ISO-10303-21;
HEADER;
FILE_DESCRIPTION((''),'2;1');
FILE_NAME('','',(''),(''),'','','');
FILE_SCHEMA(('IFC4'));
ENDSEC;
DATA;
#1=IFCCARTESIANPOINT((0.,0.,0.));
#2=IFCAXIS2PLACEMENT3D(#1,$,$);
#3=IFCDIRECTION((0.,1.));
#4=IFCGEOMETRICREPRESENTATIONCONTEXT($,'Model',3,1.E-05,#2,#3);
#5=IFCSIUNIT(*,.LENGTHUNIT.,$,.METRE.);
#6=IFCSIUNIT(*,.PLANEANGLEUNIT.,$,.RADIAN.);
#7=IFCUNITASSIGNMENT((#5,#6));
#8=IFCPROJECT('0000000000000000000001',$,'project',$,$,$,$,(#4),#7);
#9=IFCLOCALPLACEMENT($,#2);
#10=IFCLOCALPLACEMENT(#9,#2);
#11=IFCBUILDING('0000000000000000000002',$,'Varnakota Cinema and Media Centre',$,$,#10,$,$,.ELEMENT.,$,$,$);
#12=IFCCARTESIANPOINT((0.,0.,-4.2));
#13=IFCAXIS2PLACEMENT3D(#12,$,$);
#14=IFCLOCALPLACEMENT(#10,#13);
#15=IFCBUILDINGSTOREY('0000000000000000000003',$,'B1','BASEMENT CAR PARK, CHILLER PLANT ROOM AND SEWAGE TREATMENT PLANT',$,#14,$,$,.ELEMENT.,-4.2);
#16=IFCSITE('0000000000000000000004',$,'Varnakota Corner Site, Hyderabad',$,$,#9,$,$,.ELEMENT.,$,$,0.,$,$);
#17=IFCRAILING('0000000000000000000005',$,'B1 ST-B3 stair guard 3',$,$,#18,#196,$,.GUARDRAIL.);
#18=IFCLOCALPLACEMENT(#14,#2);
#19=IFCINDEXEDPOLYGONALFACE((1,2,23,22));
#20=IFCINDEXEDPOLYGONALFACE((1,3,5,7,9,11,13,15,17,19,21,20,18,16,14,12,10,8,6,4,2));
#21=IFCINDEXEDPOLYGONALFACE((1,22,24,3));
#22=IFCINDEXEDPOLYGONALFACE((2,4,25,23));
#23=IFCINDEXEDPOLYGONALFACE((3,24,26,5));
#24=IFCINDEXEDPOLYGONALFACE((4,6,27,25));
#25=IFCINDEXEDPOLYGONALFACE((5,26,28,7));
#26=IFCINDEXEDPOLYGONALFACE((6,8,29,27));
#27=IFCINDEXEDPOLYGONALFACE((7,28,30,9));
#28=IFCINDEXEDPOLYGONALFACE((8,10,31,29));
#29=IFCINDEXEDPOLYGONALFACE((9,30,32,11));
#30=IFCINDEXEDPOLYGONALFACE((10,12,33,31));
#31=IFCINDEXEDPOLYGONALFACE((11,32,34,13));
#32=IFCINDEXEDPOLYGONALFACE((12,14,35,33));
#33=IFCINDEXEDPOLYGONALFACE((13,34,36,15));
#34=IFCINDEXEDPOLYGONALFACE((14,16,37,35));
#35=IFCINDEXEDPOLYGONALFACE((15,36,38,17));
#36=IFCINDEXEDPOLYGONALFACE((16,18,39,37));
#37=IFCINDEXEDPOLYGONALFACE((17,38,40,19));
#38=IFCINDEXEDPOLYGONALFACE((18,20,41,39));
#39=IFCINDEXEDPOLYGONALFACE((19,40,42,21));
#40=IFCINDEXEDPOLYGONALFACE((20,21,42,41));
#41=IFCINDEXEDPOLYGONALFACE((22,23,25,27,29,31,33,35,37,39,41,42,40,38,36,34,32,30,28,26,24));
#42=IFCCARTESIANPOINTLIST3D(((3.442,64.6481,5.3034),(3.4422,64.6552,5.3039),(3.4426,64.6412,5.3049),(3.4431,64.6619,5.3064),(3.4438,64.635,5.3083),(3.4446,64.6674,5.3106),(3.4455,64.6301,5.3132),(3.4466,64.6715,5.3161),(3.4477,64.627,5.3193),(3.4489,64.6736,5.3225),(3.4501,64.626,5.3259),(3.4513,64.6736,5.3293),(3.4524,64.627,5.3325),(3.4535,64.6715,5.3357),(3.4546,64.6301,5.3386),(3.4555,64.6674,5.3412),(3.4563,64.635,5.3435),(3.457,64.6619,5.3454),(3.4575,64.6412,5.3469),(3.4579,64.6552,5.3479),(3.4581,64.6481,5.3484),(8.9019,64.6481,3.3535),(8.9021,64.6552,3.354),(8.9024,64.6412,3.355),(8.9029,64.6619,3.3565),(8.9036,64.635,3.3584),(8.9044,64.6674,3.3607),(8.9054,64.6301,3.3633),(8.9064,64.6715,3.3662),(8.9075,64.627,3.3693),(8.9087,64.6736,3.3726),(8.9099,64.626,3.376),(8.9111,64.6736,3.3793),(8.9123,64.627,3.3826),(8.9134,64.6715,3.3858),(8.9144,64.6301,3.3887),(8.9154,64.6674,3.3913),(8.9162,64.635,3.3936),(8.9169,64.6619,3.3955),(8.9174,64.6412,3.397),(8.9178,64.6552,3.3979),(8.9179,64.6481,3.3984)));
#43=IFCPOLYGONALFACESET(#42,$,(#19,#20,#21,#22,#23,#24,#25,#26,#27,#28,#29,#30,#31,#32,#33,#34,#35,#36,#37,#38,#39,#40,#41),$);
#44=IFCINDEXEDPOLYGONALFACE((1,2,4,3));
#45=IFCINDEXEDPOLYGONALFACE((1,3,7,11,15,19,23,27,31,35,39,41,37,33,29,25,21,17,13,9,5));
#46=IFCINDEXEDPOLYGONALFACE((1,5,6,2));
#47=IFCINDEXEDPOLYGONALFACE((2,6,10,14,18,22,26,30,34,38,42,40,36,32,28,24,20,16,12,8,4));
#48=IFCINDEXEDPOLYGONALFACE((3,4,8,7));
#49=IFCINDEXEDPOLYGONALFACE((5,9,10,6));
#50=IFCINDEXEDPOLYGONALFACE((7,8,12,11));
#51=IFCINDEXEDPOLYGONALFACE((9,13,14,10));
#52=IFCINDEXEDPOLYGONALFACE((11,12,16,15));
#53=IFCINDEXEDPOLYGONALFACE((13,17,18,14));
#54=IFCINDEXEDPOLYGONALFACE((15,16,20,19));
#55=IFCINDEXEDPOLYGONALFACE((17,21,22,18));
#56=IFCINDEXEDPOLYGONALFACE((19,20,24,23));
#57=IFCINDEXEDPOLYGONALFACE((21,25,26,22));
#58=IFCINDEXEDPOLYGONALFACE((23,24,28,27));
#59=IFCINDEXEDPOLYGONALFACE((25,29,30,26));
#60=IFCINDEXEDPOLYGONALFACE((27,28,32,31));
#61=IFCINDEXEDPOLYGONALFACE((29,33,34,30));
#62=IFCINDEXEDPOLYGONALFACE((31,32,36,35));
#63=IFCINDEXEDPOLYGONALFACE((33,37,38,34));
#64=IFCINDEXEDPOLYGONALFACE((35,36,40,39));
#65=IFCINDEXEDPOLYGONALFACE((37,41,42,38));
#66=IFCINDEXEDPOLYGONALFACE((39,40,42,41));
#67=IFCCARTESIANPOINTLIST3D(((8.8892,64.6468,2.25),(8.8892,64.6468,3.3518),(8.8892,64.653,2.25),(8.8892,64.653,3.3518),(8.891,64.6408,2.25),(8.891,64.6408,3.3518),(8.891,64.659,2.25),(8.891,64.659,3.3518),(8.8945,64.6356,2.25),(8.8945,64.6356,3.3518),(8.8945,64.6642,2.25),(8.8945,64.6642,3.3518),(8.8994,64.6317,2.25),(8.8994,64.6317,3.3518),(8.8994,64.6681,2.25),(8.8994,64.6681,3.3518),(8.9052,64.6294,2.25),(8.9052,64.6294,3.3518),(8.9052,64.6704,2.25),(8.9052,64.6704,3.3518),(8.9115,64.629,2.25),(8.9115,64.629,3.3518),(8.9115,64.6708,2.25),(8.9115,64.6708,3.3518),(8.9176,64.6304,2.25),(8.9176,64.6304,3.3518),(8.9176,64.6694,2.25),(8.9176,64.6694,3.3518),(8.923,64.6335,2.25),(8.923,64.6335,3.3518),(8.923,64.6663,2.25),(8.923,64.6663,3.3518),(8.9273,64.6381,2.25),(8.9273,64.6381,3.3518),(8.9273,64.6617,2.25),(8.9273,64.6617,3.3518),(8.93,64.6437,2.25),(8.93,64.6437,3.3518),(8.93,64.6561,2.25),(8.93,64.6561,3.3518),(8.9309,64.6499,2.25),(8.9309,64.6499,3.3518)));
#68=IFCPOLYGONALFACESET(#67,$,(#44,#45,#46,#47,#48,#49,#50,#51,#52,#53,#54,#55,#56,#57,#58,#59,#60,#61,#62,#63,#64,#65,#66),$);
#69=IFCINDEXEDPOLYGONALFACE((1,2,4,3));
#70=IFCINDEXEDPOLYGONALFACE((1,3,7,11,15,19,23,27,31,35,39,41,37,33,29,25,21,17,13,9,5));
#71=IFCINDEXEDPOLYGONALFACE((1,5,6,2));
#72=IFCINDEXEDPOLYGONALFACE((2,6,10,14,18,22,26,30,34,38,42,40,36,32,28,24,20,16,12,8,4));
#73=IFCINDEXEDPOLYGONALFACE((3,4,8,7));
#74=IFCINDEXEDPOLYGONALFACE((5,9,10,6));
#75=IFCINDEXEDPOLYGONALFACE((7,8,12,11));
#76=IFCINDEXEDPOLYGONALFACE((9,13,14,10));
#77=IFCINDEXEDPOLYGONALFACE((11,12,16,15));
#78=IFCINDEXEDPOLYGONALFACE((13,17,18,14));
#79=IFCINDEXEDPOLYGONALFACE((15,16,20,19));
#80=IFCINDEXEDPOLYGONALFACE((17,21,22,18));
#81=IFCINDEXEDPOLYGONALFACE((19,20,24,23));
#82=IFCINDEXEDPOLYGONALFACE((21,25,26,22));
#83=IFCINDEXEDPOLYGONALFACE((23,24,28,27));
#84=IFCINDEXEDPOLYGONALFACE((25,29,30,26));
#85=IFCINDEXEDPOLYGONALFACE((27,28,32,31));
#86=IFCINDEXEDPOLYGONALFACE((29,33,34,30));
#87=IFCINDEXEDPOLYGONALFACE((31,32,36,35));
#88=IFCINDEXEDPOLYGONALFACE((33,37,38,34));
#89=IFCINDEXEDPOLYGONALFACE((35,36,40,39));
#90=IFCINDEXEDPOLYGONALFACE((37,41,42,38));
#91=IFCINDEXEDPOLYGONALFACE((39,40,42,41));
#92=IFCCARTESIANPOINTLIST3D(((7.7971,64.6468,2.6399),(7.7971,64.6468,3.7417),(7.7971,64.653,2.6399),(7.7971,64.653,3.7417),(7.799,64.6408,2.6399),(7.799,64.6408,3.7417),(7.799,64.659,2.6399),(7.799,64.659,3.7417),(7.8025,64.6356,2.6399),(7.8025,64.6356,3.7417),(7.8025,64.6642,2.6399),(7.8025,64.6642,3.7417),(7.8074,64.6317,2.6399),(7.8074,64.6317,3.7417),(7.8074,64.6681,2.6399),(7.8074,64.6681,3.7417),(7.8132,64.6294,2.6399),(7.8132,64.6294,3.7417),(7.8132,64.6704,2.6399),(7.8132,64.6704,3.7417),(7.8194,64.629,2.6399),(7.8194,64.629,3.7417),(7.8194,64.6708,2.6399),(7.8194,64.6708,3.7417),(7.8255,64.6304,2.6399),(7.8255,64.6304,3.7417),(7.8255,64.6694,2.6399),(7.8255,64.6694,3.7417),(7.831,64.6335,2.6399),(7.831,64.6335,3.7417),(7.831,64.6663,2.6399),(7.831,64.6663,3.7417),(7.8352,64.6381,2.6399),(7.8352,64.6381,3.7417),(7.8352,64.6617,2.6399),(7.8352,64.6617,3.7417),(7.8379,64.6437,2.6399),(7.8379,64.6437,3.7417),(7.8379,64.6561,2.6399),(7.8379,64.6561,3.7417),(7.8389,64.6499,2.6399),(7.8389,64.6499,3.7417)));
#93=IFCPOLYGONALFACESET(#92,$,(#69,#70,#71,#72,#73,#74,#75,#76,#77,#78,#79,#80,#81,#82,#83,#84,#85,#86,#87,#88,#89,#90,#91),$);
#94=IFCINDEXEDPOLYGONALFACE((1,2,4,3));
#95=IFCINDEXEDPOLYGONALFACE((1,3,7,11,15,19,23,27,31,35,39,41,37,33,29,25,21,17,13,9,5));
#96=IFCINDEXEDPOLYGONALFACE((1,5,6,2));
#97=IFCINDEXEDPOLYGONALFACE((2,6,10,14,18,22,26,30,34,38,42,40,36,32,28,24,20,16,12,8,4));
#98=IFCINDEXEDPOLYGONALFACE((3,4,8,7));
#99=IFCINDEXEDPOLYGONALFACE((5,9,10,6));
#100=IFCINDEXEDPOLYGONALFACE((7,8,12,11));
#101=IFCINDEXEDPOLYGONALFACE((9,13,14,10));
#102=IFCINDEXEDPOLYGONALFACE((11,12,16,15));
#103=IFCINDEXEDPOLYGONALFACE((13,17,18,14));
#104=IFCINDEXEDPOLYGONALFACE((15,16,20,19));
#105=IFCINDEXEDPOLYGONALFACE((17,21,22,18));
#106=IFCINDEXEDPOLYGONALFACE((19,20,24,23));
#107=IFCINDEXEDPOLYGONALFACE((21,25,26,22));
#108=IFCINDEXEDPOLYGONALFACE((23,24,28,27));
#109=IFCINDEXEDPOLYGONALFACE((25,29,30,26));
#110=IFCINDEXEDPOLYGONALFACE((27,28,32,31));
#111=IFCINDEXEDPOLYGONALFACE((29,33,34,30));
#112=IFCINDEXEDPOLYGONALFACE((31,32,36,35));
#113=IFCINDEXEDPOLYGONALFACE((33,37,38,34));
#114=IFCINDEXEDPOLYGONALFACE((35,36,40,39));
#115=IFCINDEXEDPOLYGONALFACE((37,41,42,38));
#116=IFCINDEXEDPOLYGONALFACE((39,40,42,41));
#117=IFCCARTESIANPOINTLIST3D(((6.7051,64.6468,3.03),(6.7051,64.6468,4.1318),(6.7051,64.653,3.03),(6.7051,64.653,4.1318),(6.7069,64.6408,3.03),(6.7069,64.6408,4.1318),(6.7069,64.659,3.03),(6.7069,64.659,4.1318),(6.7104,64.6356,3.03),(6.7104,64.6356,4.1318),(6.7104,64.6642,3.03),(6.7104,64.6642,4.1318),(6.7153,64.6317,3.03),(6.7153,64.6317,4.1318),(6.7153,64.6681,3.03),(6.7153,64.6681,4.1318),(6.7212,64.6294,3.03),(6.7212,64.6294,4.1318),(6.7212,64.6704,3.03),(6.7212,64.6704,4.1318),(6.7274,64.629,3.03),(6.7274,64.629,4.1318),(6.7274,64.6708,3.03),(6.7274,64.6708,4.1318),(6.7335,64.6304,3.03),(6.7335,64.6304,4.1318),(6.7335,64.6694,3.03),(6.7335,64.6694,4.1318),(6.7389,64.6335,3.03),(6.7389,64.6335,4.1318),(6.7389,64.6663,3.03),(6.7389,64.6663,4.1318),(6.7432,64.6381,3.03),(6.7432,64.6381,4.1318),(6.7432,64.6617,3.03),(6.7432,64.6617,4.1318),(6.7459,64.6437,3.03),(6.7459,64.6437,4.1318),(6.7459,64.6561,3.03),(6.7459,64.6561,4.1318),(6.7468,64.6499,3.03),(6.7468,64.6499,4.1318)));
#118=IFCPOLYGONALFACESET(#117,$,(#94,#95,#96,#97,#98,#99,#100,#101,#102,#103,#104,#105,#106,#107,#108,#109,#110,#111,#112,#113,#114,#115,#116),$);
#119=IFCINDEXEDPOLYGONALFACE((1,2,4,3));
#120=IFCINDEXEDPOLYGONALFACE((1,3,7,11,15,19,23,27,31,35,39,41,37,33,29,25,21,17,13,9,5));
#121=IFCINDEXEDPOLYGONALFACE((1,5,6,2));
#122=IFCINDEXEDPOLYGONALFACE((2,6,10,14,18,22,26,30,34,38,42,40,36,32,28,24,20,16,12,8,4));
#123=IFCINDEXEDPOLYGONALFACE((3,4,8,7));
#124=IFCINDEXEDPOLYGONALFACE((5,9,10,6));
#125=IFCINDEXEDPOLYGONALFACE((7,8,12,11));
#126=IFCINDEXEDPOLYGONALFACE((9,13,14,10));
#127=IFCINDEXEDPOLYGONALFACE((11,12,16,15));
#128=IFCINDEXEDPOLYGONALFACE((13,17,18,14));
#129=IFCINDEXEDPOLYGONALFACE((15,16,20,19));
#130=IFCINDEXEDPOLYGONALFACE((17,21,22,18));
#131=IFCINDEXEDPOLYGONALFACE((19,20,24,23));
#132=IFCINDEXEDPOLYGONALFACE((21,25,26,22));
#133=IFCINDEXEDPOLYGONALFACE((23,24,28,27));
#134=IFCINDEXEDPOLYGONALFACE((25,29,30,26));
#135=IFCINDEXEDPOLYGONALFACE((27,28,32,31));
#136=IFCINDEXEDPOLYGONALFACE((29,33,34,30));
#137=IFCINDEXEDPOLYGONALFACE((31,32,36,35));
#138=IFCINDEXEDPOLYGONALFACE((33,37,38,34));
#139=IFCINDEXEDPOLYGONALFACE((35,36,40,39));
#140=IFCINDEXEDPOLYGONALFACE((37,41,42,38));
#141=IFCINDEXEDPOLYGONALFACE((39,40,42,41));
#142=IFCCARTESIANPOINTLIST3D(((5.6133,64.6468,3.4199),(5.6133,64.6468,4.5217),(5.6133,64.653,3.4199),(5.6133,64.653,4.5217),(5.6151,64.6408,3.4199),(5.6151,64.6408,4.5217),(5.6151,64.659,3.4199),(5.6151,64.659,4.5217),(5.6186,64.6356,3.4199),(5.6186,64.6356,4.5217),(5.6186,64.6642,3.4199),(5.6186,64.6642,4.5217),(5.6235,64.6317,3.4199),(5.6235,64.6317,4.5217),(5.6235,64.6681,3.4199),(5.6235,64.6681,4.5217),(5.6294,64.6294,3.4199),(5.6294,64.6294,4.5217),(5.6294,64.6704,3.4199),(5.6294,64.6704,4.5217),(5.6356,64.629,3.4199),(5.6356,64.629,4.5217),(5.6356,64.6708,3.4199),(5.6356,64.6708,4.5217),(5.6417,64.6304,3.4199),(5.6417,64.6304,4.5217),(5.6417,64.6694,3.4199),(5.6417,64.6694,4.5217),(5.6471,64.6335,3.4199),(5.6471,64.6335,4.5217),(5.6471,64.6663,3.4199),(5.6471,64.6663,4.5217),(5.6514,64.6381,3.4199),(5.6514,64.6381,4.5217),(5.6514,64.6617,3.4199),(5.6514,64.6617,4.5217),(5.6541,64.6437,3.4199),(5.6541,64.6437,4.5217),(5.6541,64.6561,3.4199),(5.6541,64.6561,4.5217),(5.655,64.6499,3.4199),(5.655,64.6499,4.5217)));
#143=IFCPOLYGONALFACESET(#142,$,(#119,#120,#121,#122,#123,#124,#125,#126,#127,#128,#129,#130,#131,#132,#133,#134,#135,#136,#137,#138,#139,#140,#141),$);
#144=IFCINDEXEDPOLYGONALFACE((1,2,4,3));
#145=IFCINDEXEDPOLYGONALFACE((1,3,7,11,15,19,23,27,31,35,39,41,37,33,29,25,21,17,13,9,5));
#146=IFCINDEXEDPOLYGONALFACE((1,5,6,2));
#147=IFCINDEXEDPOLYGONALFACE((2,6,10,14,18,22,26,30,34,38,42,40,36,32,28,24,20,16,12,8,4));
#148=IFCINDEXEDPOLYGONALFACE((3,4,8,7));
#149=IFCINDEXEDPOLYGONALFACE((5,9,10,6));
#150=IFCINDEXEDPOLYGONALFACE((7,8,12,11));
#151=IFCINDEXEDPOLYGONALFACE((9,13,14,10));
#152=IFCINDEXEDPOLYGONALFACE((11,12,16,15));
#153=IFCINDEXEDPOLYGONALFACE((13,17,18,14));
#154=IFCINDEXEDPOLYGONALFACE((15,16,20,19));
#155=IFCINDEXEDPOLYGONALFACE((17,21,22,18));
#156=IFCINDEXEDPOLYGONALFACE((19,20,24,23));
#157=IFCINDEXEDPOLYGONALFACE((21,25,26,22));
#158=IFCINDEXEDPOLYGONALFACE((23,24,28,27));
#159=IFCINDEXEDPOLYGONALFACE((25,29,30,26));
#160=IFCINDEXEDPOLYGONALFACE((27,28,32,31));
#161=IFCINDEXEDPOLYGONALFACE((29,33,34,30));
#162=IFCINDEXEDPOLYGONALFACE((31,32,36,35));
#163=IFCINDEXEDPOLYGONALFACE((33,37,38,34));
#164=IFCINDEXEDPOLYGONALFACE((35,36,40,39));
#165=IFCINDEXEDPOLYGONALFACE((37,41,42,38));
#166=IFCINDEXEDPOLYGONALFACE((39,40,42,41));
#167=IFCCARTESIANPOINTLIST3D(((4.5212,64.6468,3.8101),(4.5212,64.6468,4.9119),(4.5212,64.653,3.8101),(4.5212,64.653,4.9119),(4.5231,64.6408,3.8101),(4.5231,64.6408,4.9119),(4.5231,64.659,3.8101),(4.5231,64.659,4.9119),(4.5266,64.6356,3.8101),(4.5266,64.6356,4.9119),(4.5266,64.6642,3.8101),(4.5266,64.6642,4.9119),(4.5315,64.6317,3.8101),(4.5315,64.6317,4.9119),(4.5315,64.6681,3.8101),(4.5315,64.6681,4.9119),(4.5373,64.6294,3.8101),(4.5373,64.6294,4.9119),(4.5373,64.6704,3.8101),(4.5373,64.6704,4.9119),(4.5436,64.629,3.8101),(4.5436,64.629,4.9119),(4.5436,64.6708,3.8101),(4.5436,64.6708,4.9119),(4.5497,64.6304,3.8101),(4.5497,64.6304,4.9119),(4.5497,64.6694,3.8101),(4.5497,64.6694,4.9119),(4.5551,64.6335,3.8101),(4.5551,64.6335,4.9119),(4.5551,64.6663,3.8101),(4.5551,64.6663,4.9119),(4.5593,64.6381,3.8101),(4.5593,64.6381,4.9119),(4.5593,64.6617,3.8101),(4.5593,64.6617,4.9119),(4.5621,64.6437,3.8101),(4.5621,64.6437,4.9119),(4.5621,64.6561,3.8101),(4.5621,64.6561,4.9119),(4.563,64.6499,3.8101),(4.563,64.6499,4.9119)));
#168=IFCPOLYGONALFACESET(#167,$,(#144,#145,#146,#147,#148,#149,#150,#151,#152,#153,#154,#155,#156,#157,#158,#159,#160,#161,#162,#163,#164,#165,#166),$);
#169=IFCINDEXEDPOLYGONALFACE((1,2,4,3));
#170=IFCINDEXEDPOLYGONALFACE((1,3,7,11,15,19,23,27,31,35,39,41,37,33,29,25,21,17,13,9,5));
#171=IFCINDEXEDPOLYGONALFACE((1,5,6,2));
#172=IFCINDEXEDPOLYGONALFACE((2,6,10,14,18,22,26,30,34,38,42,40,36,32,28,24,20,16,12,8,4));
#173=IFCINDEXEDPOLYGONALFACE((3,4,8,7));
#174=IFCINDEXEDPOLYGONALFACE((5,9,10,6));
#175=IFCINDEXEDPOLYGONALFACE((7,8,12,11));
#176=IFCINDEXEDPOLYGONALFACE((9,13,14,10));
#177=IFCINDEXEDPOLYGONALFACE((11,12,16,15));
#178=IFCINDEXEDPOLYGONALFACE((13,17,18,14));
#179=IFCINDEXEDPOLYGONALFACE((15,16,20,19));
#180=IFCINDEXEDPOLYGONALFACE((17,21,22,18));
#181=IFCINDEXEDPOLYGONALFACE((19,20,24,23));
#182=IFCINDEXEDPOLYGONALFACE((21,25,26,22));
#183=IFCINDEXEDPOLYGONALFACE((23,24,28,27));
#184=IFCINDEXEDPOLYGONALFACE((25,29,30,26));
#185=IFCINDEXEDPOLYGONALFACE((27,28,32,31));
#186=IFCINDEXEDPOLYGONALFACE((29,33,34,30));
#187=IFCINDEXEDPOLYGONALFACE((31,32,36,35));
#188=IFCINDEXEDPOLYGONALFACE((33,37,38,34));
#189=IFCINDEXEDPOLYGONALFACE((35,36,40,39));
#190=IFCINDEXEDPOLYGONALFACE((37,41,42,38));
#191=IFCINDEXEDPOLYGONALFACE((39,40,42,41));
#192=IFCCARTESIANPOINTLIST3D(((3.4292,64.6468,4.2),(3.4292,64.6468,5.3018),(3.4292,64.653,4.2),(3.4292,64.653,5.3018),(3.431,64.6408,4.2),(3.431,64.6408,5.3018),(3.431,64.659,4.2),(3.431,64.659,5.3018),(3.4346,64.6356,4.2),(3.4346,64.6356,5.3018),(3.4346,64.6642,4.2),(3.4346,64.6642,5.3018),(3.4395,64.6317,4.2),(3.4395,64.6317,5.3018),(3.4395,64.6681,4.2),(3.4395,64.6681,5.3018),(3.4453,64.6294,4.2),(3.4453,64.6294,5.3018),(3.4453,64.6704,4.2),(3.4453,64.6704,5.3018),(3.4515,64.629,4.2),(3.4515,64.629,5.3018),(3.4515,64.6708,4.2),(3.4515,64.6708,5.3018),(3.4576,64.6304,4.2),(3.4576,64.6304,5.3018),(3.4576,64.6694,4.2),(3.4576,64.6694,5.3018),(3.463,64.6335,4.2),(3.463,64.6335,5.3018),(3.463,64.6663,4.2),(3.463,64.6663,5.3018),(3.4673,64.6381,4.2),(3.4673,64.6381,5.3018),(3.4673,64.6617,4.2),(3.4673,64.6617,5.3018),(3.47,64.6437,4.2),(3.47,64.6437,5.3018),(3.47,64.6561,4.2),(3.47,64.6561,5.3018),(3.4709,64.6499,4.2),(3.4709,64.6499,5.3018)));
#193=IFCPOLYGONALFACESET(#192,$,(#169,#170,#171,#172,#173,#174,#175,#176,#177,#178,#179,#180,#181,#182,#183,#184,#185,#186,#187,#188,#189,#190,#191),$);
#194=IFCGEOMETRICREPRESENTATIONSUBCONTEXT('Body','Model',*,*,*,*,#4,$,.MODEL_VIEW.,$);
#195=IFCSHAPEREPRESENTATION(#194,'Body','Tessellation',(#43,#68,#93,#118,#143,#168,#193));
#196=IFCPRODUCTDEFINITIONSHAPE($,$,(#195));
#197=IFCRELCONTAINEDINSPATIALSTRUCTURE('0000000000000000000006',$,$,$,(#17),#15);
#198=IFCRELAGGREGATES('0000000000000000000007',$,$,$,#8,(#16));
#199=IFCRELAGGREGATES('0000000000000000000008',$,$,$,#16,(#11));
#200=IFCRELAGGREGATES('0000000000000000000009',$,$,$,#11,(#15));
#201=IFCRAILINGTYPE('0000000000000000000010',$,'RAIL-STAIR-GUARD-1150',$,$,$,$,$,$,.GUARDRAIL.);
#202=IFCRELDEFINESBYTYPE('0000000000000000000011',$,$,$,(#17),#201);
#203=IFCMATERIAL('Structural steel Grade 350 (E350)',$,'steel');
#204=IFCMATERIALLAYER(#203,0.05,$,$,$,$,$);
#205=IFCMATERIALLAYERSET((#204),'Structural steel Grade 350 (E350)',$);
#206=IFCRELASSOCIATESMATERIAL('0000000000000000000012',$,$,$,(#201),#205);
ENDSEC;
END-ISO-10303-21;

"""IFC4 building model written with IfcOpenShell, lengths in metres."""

from ifc_helpers import new_model, si_unit, direction, frame, origin, origin_2d, place, context, subcontext, project, spatial, circle, extrude, material, layer, layer_set, type_object, element, save


model = new_model("IFC4")

# Units and contexts
model_context = context("Model", 3, precision=1e-05, world=origin(), true_north=direction((0.0, 1.0)))
body_context = subcontext(model_context, "Body", "Model", "MODEL_VIEW")
ifc_project = project(units=[si_unit("LENGTHUNIT", "METRE"), si_unit("PLANEANGLEUNIT", "RADIAN")], contexts=[model_context])

# Site, building, storey
site_placement = place(None, origin())
site = spatial("IfcSite", under=ifc_project, at=site_placement, Name="Varnakota Corner Site, Hyderabad", CompositionType="ELEMENT", RefElevation=0.0)
building_placement = place(site_placement, origin())
building = spatial("IfcBuilding", under=site, at=building_placement, Name="Varnakota Cinema and Media Centre", CompositionType="ELEMENT")
storey_placement = place(building_placement, frame((0.0, 0.0, -4.2)))
storey = spatial("IfcBuildingStorey", under=building, at=storey_placement, Name="B1", Description="BASEMENT CAR PARK, CHILLER PLANT ROOM AND SEWAGE TREATMENT PLANT", CompositionType="ELEMENT", Elevation=-4.2)

# Railing
ifc_material_1 = material(Name="Structural steel Grade 350 (E350)", Category="steel")
ifc_layer_1 = layer(ifc_material_1, 0.05)
ifc_layer_set_1 = layer_set([ifc_layer_1], Name="Structural steel Grade 350 (E350)")
railing_type_1 = type_object("IfcRailingType", Name="RAIL-STAIR-GUARD-1150", PredefinedType="GUARDRAIL", material=ifc_layer_set_1)
railing_1_placement = place(storey_placement, frame((8.9099, 64.6499, 2.25)))
element("IfcRailing", 1, at=railing_1_placement, inside=storey, type_object=railing_type_1, Name="B1 ST-B3 stair guard 3", PredefinedType="GUARDRAIL", context=body_context, shape_type="SweptSolid", body=[
    extrude(circle(Radius=0.0239, at=origin_2d()), frame((0.0, 0.0, 1.126), z_axis=(-0.941744, 0.0, 0.336331), x_axis=(0.0, -1.0, 0.0)), (0.0, 0.0, 1.0), 5.7976),
    extrude(circle(Radius=0.021, at=origin_2d()), origin(), (0.0, 0.0, 1.0), 1.1018),
    extrude(circle(Radius=0.021, at=origin_2d()), frame((-1.092, 0.0, 0.3899)), (0.0, 0.0, 1.0), 1.1018),
    extrude(circle(Radius=0.021, at=origin_2d()), frame((-2.1841, 0.0, 0.78)), (0.0, 0.0, 1.0), 1.1018),
    extrude(circle(Radius=0.021, at=origin_2d()), frame((-3.2759, 0.0, 1.1699)), (0.0, 0.0, 1.0), 1.1018),
    extrude(circle(Radius=0.021, at=origin_2d()), frame((-4.3679, 0.0, 1.5601)), (0.0, 0.0, 1.0), 1.1018),
    extrude(circle(Radius=0.021, at=origin_2d()), frame((-5.46, 0.0, 1.95)), (0.0, 0.0, 1.0), 1.1018),
])

save(model, "model.ifc")
